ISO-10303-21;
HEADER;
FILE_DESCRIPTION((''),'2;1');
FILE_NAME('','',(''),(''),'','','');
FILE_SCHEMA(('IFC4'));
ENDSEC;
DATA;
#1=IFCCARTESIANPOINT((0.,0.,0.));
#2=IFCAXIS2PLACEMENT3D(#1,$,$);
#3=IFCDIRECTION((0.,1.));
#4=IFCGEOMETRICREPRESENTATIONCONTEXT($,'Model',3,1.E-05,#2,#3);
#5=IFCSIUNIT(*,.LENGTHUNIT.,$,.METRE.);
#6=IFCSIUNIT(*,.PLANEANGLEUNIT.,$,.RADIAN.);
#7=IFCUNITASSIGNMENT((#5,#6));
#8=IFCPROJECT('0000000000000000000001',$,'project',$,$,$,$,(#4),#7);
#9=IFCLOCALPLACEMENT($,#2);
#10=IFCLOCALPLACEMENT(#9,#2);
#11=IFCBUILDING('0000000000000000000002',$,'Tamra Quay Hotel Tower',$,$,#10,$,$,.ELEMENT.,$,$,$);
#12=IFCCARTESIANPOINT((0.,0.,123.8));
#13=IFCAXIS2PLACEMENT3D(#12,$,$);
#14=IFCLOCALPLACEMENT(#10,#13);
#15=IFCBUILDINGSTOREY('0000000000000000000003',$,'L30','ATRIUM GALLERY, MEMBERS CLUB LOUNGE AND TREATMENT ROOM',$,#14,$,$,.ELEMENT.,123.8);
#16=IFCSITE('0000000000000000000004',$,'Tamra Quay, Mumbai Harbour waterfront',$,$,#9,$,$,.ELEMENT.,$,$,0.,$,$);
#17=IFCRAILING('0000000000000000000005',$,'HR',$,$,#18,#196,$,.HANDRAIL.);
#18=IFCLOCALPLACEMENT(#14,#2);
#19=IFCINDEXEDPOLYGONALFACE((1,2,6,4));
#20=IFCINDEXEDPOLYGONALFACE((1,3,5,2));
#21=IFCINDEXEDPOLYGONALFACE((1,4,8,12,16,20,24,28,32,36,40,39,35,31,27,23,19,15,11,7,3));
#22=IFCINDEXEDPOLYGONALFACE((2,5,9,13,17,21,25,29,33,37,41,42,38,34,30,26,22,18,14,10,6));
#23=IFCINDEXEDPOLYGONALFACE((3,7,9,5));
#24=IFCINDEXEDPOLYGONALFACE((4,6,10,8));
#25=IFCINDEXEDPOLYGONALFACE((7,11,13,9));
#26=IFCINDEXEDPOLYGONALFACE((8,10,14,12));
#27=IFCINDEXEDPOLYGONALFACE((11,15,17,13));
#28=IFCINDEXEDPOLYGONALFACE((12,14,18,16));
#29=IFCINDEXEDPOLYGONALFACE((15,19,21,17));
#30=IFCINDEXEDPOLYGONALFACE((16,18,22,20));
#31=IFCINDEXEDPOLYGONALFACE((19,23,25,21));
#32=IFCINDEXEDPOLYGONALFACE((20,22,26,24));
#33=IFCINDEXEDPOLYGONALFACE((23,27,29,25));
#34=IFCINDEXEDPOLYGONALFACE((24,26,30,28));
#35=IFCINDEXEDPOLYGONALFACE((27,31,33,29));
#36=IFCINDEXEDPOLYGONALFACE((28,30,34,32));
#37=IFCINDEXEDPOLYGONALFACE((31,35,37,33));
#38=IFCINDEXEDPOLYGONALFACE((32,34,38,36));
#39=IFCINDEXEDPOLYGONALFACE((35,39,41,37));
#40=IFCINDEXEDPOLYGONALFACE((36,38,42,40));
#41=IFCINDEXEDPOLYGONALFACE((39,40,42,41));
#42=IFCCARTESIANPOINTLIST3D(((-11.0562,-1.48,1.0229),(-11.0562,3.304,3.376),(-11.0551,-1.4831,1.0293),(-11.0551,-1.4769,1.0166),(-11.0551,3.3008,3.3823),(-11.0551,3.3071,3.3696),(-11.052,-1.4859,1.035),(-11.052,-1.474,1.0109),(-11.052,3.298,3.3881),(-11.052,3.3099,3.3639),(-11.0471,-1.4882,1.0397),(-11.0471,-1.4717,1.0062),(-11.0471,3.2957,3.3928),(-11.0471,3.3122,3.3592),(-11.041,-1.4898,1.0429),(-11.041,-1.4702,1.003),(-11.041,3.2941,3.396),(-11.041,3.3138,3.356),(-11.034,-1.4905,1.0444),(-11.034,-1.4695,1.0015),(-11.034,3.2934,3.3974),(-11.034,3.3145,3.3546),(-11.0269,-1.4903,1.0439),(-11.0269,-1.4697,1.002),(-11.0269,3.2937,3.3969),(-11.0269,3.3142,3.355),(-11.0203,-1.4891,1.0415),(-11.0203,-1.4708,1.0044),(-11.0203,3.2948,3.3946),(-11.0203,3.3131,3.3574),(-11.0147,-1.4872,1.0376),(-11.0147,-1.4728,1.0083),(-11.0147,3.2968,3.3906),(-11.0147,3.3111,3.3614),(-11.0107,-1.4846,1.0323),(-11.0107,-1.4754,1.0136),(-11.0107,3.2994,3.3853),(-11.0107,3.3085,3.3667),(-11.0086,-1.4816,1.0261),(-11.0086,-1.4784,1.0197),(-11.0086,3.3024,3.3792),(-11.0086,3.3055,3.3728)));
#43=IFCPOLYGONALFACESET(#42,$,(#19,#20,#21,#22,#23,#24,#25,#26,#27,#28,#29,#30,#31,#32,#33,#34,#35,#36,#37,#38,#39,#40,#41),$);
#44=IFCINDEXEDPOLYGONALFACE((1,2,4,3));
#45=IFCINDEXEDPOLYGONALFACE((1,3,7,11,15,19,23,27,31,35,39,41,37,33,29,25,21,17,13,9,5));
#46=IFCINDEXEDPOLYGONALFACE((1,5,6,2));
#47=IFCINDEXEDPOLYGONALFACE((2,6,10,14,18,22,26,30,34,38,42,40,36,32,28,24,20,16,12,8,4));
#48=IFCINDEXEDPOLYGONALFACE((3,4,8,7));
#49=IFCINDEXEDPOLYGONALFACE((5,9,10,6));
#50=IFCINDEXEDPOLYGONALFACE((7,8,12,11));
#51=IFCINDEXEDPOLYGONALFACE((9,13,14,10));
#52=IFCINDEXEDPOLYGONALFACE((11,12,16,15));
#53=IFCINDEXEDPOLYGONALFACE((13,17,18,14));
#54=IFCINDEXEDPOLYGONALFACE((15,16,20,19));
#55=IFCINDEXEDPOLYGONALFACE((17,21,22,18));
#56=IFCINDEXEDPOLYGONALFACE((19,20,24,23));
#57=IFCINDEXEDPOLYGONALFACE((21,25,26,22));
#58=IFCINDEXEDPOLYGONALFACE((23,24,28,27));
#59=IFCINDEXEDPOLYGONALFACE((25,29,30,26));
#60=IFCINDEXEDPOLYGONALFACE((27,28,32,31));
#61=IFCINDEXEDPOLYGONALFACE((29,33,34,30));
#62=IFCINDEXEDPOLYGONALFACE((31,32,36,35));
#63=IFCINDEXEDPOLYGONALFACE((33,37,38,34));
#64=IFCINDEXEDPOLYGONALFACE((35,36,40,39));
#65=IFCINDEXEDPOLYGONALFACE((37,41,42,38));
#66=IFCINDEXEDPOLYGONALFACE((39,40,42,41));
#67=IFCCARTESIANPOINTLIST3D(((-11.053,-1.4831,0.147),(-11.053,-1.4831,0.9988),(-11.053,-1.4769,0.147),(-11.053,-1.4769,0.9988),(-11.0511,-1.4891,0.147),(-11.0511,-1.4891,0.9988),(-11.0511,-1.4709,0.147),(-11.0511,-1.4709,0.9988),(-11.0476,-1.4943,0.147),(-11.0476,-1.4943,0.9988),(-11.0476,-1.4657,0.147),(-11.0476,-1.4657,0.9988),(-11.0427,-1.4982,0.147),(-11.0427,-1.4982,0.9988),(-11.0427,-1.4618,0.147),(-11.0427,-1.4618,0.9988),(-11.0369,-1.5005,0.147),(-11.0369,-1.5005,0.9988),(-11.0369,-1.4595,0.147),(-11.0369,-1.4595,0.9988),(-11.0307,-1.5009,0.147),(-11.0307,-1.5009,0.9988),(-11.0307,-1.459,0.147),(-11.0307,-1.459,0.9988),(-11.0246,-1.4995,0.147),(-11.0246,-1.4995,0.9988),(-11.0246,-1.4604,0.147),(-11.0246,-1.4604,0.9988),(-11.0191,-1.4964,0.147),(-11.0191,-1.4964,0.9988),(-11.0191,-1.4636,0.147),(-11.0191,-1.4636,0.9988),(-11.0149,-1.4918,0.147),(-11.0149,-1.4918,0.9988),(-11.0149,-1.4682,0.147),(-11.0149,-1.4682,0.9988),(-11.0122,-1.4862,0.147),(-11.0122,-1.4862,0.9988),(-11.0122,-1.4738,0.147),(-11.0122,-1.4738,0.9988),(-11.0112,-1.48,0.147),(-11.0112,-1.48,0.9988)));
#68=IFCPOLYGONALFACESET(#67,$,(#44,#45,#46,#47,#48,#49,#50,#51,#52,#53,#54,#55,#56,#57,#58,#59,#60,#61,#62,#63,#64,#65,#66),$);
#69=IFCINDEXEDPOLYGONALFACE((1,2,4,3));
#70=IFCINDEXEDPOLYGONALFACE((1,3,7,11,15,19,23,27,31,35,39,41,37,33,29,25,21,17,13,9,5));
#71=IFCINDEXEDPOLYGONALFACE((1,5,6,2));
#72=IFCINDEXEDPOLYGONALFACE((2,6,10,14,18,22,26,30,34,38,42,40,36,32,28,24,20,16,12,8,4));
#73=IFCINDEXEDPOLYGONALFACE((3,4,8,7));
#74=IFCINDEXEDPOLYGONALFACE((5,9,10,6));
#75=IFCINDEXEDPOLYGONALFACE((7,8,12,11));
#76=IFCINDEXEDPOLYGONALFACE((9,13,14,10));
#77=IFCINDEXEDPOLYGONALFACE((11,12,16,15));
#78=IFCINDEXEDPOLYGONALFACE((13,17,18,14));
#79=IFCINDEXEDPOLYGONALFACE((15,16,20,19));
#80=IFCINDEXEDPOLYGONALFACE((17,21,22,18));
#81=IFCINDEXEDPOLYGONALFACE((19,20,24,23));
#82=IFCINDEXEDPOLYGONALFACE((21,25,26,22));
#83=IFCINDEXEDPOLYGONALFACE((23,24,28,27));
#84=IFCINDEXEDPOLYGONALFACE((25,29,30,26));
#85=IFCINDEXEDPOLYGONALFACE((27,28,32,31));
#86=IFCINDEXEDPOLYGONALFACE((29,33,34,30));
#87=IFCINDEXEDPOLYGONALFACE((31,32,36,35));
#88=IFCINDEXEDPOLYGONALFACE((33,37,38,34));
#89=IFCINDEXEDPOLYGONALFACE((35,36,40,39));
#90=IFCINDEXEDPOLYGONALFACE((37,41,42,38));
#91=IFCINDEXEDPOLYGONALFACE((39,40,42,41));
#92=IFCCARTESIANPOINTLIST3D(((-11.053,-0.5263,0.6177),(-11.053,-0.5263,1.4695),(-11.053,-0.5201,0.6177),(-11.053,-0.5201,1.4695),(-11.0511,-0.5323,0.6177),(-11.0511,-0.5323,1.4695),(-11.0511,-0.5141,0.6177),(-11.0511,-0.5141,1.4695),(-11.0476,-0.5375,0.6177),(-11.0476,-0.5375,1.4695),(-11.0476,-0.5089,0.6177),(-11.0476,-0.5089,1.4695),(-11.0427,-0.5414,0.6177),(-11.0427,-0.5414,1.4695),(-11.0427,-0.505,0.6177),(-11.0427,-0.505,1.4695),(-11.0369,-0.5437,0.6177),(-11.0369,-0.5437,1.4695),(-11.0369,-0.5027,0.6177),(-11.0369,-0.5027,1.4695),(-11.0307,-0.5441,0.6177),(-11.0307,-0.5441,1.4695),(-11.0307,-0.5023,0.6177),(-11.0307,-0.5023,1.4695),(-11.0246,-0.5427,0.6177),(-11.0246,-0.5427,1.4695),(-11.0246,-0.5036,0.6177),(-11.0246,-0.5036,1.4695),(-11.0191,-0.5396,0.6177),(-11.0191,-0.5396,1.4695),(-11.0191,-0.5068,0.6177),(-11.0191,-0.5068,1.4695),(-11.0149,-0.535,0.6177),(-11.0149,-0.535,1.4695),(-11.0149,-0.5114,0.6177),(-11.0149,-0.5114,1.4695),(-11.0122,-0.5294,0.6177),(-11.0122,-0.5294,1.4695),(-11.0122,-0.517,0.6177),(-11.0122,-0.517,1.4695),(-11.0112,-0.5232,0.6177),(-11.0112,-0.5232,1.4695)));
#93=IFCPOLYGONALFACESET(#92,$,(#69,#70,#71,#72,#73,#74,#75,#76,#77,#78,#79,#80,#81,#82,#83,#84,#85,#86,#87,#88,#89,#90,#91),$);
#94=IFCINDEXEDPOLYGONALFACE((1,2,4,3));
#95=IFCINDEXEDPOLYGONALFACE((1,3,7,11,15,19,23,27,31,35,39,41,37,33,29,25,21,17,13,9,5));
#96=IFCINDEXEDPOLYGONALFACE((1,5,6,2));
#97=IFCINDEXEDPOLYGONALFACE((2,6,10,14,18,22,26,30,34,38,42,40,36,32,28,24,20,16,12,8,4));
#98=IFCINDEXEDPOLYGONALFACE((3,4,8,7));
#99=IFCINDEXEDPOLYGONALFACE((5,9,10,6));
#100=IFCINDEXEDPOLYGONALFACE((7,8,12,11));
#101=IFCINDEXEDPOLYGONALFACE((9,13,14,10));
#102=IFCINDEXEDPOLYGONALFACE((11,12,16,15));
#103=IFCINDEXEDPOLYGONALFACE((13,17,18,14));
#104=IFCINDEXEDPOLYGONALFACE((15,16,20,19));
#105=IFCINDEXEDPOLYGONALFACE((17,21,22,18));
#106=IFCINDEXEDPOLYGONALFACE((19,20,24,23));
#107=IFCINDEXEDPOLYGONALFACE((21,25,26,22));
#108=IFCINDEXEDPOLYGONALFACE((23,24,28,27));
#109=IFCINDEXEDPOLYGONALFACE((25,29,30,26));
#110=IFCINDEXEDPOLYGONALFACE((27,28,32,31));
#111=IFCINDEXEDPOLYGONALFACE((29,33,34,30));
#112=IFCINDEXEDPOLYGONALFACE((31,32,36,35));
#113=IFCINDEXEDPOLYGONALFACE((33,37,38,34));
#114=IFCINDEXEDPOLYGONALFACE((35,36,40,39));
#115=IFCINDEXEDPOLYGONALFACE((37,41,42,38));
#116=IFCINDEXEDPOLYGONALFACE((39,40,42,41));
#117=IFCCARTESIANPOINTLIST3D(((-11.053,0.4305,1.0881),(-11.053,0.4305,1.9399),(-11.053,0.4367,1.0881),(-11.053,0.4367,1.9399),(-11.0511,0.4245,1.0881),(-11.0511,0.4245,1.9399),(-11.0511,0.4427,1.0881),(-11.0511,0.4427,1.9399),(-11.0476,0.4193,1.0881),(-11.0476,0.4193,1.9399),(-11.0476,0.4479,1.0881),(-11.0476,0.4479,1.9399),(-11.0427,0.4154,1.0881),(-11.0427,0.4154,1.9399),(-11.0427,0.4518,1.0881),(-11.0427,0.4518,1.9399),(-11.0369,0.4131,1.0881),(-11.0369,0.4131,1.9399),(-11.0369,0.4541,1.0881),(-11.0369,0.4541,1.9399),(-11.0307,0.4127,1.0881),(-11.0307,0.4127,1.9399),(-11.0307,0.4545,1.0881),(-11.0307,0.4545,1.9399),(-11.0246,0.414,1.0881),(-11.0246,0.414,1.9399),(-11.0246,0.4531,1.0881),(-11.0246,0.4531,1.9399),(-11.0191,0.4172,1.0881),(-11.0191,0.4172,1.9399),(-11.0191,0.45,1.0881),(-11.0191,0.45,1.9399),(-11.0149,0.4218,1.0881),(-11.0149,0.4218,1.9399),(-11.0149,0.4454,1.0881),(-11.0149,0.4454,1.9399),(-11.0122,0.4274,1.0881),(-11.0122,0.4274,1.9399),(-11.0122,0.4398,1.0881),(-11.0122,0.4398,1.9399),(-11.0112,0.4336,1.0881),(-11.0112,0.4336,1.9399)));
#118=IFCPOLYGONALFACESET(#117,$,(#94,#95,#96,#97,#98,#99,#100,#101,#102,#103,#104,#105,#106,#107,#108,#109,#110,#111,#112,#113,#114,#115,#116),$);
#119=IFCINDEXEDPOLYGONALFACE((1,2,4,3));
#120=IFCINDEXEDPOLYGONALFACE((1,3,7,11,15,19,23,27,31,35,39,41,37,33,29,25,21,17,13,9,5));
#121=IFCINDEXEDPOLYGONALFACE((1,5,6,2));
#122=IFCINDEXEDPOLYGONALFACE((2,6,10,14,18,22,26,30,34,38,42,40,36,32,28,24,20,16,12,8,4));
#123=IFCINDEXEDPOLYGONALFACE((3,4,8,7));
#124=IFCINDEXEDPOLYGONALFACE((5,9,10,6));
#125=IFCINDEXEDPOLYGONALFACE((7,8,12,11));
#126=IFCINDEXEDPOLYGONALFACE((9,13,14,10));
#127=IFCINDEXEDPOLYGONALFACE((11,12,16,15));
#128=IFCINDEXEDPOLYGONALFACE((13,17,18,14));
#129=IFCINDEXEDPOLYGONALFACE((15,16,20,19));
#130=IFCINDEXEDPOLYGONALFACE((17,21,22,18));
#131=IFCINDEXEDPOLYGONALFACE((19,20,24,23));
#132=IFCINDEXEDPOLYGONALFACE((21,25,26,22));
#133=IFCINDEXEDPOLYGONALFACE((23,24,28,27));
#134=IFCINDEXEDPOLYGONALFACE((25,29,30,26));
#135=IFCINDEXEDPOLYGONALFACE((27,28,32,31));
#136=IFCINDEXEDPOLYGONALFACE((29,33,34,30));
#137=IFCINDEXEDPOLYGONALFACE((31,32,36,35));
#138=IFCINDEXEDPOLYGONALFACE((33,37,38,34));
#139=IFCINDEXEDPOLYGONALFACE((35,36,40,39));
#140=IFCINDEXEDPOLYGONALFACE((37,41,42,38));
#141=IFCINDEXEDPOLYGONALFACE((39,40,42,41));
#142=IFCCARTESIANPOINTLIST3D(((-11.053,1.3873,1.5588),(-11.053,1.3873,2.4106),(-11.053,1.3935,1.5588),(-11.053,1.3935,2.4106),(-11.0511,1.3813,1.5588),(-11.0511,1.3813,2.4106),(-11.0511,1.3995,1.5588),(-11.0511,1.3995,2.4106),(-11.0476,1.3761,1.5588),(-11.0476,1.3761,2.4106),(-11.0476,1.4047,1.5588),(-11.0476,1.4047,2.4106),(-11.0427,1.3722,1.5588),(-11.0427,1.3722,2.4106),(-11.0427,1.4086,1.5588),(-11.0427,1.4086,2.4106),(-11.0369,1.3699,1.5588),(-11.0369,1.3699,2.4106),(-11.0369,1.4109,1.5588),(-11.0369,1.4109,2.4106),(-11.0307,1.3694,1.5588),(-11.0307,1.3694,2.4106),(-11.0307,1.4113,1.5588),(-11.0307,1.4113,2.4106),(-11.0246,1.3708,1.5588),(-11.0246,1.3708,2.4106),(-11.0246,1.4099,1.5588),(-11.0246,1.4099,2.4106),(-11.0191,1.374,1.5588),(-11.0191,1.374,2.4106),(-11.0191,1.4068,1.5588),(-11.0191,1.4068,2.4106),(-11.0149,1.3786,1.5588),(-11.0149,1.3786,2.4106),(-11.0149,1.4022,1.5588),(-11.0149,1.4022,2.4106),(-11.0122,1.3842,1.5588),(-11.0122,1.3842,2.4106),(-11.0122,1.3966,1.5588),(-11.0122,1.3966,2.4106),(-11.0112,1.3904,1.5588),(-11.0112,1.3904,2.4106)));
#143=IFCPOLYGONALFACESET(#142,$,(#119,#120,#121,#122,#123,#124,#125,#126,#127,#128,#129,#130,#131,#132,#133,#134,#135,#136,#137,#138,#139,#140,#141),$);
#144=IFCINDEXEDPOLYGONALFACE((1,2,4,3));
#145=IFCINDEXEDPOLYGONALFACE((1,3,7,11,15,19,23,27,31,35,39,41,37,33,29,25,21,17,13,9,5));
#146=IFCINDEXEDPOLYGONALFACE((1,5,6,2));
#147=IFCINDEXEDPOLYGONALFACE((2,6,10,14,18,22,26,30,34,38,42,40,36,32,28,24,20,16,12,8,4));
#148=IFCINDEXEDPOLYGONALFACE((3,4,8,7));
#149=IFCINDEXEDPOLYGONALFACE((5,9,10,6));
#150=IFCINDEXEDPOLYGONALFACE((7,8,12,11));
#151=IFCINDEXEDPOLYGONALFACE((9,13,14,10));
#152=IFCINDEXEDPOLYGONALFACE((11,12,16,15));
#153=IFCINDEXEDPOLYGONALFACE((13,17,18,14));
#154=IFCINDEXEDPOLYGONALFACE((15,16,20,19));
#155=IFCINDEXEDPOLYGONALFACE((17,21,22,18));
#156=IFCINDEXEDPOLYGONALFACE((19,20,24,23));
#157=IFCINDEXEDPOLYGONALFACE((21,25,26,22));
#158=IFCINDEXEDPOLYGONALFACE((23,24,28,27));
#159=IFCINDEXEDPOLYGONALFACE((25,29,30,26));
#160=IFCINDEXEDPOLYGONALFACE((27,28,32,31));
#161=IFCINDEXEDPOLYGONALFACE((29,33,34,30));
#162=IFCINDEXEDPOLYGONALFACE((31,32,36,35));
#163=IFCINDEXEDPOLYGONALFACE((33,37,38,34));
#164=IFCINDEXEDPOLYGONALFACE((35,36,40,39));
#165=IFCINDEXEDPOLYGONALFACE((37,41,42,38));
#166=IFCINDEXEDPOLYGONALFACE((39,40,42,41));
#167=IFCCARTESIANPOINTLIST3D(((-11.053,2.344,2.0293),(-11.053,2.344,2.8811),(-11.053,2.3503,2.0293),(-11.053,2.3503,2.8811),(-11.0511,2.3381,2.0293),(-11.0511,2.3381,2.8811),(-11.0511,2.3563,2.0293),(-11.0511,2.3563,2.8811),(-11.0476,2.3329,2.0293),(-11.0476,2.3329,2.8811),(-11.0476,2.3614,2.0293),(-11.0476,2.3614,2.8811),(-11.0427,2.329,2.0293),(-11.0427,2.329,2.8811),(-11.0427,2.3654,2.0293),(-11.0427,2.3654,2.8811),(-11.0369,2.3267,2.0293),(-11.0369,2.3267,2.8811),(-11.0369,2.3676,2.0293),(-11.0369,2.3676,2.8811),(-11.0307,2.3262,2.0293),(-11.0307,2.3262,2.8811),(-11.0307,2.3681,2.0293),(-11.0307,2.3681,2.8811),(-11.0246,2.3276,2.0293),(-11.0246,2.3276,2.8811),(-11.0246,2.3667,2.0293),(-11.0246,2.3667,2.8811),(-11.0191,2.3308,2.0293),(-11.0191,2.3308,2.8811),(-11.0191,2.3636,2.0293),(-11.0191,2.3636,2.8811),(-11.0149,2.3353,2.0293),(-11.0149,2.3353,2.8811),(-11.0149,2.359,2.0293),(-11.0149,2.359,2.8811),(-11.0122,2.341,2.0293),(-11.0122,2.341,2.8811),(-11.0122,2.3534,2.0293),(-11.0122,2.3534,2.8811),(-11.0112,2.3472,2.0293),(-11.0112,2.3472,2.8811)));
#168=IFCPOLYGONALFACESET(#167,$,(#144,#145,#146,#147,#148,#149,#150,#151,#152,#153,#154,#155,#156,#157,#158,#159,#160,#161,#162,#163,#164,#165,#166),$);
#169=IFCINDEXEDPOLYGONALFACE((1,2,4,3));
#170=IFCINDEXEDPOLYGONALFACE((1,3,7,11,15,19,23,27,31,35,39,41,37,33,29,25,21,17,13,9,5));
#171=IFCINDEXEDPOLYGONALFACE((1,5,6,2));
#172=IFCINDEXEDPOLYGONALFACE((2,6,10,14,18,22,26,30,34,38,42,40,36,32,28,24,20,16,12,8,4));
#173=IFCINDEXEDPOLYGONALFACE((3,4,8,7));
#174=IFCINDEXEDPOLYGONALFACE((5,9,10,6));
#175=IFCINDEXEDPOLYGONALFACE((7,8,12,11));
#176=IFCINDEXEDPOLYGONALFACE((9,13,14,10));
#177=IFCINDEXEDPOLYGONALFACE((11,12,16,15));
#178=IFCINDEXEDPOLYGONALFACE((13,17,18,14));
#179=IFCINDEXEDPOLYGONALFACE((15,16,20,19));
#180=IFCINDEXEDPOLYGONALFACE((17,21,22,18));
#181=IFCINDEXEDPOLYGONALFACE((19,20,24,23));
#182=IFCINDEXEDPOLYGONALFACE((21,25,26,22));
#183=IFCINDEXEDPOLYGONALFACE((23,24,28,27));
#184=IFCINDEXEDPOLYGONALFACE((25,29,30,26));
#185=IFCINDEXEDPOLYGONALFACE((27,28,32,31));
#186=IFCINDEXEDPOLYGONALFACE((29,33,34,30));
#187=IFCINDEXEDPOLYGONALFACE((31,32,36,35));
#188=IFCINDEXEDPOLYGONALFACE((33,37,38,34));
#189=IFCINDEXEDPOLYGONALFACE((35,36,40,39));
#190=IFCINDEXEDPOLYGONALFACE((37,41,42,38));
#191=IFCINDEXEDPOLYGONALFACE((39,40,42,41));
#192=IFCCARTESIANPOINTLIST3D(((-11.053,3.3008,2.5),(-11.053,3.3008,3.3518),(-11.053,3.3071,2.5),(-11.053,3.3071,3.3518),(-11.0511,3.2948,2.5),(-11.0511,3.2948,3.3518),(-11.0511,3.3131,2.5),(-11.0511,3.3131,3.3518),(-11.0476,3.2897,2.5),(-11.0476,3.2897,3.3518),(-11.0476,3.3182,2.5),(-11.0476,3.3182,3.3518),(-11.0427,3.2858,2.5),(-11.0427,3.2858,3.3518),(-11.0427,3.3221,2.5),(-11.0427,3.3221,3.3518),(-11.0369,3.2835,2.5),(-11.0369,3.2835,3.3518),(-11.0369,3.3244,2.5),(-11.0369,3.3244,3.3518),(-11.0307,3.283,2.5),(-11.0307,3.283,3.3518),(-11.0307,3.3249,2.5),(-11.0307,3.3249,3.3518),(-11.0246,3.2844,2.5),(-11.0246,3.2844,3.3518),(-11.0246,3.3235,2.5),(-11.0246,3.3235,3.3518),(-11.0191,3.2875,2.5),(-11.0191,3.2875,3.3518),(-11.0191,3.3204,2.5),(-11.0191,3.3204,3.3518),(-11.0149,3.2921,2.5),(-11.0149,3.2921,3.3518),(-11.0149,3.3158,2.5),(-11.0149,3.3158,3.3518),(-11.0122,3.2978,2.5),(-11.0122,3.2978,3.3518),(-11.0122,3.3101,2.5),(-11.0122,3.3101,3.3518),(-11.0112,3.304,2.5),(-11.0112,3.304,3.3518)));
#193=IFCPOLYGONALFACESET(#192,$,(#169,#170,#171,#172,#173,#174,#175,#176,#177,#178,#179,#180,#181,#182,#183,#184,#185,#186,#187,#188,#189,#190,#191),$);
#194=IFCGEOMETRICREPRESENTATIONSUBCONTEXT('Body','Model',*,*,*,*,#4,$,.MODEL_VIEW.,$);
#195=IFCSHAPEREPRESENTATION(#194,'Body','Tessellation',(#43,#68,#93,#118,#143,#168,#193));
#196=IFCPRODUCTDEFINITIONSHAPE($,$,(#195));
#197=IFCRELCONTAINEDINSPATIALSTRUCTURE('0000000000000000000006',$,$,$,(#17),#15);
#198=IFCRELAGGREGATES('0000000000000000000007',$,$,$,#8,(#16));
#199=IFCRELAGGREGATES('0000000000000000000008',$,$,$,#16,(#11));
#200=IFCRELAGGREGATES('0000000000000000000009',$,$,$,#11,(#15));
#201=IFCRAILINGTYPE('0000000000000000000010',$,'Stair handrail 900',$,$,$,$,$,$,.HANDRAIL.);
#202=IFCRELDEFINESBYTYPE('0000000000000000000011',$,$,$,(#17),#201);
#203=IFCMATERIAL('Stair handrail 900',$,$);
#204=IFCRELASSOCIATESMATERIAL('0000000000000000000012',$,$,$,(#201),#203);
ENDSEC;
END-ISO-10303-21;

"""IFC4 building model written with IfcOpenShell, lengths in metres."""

from ifc_helpers import new_model, si_unit, direction, frame, origin, origin_2d, place, context, subcontext, project, spatial, circle, extrude, material, type_object, element, save


model = new_model("IFC4")

# Units and contexts
model_context = context("Model", 3, precision=1e-05, world=origin(), true_north=direction((0.0, 1.0)))
body_context = subcontext(model_context, "Body", "Model", "MODEL_VIEW")
ifc_project = project(units=[si_unit("LENGTHUNIT", "METRE"), si_unit("PLANEANGLEUNIT", "RADIAN")], contexts=[model_context])

# Site, building, storey
site_placement = place(None, origin())
site = spatial("IfcSite", under=ifc_project, at=site_placement, Name="Tamra Quay, Mumbai Harbour waterfront", CompositionType="ELEMENT", RefElevation=0.0)
building_placement = place(site_placement, origin())
building = spatial("IfcBuilding", under=site, at=building_placement, Name="Tamra Quay Hotel Tower", CompositionType="ELEMENT")
storey_placement = place(building_placement, frame((0.0, 0.0, 123.8)))
storey = spatial("IfcBuildingStorey", under=building, at=storey_placement, Name="L30", Description="ATRIUM GALLERY, MEMBERS CLUB LOUNGE AND TREATMENT ROOM", CompositionType="ELEMENT", Elevation=123.8)

# Railing
ifc_material_1 = material(Name="Stair handrail 900")
railing_type_1 = type_object("IfcRailingType", Name="Stair handrail 900", PredefinedType="HANDRAIL", material=ifc_material_1)
railing_1_placement = place(storey_placement, frame((-11.0322, -1.48, 0.147)))
element("IfcRailing", 1, at=railing_1_placement, inside=storey, type_object=railing_type_1, Name="HR", PredefinedType="HANDRAIL", context=body_context, shape_type="SweptSolid", body=[
    extrude(circle(Radius=0.0239, at=origin_2d()), frame((0.0, 0.0, 0.876), z_axis=(0.0, 0.89733, 0.441361), x_axis=(-1.0, 0.0, 0.0)), (0.0, 0.0, 1.0), 5.3313),
    extrude(circle(Radius=0.021, at=origin_2d()), origin(), (0.0, 0.0, 1.0), 0.8518),
    extrude(circle(Radius=0.021, at=origin_2d()), frame((0.0, 0.9568, 0.4707)), (0.0, 0.0, 1.0), 0.8518),
    extrude(circle(Radius=0.021, at=origin_2d()), frame((0.0, 1.9136, 0.9412)), (0.0, 0.0, 1.0), 0.8518),
    extrude(circle(Radius=0.021, at=origin_2d()), frame((0.0, 2.8704, 1.4119)), (0.0, 0.0, 1.0), 0.8518),
    extrude(circle(Radius=0.021, at=origin_2d()), frame((0.0, 3.8271, 1.8823)), (0.0, 0.0, 1.0), 0.8518),
    extrude(circle(Radius=0.021, at=origin_2d()), frame((0.0, 4.7839, 2.353)), (0.0, 0.0, 1.0), 0.8518),
])

save(model, "model.ifc")
